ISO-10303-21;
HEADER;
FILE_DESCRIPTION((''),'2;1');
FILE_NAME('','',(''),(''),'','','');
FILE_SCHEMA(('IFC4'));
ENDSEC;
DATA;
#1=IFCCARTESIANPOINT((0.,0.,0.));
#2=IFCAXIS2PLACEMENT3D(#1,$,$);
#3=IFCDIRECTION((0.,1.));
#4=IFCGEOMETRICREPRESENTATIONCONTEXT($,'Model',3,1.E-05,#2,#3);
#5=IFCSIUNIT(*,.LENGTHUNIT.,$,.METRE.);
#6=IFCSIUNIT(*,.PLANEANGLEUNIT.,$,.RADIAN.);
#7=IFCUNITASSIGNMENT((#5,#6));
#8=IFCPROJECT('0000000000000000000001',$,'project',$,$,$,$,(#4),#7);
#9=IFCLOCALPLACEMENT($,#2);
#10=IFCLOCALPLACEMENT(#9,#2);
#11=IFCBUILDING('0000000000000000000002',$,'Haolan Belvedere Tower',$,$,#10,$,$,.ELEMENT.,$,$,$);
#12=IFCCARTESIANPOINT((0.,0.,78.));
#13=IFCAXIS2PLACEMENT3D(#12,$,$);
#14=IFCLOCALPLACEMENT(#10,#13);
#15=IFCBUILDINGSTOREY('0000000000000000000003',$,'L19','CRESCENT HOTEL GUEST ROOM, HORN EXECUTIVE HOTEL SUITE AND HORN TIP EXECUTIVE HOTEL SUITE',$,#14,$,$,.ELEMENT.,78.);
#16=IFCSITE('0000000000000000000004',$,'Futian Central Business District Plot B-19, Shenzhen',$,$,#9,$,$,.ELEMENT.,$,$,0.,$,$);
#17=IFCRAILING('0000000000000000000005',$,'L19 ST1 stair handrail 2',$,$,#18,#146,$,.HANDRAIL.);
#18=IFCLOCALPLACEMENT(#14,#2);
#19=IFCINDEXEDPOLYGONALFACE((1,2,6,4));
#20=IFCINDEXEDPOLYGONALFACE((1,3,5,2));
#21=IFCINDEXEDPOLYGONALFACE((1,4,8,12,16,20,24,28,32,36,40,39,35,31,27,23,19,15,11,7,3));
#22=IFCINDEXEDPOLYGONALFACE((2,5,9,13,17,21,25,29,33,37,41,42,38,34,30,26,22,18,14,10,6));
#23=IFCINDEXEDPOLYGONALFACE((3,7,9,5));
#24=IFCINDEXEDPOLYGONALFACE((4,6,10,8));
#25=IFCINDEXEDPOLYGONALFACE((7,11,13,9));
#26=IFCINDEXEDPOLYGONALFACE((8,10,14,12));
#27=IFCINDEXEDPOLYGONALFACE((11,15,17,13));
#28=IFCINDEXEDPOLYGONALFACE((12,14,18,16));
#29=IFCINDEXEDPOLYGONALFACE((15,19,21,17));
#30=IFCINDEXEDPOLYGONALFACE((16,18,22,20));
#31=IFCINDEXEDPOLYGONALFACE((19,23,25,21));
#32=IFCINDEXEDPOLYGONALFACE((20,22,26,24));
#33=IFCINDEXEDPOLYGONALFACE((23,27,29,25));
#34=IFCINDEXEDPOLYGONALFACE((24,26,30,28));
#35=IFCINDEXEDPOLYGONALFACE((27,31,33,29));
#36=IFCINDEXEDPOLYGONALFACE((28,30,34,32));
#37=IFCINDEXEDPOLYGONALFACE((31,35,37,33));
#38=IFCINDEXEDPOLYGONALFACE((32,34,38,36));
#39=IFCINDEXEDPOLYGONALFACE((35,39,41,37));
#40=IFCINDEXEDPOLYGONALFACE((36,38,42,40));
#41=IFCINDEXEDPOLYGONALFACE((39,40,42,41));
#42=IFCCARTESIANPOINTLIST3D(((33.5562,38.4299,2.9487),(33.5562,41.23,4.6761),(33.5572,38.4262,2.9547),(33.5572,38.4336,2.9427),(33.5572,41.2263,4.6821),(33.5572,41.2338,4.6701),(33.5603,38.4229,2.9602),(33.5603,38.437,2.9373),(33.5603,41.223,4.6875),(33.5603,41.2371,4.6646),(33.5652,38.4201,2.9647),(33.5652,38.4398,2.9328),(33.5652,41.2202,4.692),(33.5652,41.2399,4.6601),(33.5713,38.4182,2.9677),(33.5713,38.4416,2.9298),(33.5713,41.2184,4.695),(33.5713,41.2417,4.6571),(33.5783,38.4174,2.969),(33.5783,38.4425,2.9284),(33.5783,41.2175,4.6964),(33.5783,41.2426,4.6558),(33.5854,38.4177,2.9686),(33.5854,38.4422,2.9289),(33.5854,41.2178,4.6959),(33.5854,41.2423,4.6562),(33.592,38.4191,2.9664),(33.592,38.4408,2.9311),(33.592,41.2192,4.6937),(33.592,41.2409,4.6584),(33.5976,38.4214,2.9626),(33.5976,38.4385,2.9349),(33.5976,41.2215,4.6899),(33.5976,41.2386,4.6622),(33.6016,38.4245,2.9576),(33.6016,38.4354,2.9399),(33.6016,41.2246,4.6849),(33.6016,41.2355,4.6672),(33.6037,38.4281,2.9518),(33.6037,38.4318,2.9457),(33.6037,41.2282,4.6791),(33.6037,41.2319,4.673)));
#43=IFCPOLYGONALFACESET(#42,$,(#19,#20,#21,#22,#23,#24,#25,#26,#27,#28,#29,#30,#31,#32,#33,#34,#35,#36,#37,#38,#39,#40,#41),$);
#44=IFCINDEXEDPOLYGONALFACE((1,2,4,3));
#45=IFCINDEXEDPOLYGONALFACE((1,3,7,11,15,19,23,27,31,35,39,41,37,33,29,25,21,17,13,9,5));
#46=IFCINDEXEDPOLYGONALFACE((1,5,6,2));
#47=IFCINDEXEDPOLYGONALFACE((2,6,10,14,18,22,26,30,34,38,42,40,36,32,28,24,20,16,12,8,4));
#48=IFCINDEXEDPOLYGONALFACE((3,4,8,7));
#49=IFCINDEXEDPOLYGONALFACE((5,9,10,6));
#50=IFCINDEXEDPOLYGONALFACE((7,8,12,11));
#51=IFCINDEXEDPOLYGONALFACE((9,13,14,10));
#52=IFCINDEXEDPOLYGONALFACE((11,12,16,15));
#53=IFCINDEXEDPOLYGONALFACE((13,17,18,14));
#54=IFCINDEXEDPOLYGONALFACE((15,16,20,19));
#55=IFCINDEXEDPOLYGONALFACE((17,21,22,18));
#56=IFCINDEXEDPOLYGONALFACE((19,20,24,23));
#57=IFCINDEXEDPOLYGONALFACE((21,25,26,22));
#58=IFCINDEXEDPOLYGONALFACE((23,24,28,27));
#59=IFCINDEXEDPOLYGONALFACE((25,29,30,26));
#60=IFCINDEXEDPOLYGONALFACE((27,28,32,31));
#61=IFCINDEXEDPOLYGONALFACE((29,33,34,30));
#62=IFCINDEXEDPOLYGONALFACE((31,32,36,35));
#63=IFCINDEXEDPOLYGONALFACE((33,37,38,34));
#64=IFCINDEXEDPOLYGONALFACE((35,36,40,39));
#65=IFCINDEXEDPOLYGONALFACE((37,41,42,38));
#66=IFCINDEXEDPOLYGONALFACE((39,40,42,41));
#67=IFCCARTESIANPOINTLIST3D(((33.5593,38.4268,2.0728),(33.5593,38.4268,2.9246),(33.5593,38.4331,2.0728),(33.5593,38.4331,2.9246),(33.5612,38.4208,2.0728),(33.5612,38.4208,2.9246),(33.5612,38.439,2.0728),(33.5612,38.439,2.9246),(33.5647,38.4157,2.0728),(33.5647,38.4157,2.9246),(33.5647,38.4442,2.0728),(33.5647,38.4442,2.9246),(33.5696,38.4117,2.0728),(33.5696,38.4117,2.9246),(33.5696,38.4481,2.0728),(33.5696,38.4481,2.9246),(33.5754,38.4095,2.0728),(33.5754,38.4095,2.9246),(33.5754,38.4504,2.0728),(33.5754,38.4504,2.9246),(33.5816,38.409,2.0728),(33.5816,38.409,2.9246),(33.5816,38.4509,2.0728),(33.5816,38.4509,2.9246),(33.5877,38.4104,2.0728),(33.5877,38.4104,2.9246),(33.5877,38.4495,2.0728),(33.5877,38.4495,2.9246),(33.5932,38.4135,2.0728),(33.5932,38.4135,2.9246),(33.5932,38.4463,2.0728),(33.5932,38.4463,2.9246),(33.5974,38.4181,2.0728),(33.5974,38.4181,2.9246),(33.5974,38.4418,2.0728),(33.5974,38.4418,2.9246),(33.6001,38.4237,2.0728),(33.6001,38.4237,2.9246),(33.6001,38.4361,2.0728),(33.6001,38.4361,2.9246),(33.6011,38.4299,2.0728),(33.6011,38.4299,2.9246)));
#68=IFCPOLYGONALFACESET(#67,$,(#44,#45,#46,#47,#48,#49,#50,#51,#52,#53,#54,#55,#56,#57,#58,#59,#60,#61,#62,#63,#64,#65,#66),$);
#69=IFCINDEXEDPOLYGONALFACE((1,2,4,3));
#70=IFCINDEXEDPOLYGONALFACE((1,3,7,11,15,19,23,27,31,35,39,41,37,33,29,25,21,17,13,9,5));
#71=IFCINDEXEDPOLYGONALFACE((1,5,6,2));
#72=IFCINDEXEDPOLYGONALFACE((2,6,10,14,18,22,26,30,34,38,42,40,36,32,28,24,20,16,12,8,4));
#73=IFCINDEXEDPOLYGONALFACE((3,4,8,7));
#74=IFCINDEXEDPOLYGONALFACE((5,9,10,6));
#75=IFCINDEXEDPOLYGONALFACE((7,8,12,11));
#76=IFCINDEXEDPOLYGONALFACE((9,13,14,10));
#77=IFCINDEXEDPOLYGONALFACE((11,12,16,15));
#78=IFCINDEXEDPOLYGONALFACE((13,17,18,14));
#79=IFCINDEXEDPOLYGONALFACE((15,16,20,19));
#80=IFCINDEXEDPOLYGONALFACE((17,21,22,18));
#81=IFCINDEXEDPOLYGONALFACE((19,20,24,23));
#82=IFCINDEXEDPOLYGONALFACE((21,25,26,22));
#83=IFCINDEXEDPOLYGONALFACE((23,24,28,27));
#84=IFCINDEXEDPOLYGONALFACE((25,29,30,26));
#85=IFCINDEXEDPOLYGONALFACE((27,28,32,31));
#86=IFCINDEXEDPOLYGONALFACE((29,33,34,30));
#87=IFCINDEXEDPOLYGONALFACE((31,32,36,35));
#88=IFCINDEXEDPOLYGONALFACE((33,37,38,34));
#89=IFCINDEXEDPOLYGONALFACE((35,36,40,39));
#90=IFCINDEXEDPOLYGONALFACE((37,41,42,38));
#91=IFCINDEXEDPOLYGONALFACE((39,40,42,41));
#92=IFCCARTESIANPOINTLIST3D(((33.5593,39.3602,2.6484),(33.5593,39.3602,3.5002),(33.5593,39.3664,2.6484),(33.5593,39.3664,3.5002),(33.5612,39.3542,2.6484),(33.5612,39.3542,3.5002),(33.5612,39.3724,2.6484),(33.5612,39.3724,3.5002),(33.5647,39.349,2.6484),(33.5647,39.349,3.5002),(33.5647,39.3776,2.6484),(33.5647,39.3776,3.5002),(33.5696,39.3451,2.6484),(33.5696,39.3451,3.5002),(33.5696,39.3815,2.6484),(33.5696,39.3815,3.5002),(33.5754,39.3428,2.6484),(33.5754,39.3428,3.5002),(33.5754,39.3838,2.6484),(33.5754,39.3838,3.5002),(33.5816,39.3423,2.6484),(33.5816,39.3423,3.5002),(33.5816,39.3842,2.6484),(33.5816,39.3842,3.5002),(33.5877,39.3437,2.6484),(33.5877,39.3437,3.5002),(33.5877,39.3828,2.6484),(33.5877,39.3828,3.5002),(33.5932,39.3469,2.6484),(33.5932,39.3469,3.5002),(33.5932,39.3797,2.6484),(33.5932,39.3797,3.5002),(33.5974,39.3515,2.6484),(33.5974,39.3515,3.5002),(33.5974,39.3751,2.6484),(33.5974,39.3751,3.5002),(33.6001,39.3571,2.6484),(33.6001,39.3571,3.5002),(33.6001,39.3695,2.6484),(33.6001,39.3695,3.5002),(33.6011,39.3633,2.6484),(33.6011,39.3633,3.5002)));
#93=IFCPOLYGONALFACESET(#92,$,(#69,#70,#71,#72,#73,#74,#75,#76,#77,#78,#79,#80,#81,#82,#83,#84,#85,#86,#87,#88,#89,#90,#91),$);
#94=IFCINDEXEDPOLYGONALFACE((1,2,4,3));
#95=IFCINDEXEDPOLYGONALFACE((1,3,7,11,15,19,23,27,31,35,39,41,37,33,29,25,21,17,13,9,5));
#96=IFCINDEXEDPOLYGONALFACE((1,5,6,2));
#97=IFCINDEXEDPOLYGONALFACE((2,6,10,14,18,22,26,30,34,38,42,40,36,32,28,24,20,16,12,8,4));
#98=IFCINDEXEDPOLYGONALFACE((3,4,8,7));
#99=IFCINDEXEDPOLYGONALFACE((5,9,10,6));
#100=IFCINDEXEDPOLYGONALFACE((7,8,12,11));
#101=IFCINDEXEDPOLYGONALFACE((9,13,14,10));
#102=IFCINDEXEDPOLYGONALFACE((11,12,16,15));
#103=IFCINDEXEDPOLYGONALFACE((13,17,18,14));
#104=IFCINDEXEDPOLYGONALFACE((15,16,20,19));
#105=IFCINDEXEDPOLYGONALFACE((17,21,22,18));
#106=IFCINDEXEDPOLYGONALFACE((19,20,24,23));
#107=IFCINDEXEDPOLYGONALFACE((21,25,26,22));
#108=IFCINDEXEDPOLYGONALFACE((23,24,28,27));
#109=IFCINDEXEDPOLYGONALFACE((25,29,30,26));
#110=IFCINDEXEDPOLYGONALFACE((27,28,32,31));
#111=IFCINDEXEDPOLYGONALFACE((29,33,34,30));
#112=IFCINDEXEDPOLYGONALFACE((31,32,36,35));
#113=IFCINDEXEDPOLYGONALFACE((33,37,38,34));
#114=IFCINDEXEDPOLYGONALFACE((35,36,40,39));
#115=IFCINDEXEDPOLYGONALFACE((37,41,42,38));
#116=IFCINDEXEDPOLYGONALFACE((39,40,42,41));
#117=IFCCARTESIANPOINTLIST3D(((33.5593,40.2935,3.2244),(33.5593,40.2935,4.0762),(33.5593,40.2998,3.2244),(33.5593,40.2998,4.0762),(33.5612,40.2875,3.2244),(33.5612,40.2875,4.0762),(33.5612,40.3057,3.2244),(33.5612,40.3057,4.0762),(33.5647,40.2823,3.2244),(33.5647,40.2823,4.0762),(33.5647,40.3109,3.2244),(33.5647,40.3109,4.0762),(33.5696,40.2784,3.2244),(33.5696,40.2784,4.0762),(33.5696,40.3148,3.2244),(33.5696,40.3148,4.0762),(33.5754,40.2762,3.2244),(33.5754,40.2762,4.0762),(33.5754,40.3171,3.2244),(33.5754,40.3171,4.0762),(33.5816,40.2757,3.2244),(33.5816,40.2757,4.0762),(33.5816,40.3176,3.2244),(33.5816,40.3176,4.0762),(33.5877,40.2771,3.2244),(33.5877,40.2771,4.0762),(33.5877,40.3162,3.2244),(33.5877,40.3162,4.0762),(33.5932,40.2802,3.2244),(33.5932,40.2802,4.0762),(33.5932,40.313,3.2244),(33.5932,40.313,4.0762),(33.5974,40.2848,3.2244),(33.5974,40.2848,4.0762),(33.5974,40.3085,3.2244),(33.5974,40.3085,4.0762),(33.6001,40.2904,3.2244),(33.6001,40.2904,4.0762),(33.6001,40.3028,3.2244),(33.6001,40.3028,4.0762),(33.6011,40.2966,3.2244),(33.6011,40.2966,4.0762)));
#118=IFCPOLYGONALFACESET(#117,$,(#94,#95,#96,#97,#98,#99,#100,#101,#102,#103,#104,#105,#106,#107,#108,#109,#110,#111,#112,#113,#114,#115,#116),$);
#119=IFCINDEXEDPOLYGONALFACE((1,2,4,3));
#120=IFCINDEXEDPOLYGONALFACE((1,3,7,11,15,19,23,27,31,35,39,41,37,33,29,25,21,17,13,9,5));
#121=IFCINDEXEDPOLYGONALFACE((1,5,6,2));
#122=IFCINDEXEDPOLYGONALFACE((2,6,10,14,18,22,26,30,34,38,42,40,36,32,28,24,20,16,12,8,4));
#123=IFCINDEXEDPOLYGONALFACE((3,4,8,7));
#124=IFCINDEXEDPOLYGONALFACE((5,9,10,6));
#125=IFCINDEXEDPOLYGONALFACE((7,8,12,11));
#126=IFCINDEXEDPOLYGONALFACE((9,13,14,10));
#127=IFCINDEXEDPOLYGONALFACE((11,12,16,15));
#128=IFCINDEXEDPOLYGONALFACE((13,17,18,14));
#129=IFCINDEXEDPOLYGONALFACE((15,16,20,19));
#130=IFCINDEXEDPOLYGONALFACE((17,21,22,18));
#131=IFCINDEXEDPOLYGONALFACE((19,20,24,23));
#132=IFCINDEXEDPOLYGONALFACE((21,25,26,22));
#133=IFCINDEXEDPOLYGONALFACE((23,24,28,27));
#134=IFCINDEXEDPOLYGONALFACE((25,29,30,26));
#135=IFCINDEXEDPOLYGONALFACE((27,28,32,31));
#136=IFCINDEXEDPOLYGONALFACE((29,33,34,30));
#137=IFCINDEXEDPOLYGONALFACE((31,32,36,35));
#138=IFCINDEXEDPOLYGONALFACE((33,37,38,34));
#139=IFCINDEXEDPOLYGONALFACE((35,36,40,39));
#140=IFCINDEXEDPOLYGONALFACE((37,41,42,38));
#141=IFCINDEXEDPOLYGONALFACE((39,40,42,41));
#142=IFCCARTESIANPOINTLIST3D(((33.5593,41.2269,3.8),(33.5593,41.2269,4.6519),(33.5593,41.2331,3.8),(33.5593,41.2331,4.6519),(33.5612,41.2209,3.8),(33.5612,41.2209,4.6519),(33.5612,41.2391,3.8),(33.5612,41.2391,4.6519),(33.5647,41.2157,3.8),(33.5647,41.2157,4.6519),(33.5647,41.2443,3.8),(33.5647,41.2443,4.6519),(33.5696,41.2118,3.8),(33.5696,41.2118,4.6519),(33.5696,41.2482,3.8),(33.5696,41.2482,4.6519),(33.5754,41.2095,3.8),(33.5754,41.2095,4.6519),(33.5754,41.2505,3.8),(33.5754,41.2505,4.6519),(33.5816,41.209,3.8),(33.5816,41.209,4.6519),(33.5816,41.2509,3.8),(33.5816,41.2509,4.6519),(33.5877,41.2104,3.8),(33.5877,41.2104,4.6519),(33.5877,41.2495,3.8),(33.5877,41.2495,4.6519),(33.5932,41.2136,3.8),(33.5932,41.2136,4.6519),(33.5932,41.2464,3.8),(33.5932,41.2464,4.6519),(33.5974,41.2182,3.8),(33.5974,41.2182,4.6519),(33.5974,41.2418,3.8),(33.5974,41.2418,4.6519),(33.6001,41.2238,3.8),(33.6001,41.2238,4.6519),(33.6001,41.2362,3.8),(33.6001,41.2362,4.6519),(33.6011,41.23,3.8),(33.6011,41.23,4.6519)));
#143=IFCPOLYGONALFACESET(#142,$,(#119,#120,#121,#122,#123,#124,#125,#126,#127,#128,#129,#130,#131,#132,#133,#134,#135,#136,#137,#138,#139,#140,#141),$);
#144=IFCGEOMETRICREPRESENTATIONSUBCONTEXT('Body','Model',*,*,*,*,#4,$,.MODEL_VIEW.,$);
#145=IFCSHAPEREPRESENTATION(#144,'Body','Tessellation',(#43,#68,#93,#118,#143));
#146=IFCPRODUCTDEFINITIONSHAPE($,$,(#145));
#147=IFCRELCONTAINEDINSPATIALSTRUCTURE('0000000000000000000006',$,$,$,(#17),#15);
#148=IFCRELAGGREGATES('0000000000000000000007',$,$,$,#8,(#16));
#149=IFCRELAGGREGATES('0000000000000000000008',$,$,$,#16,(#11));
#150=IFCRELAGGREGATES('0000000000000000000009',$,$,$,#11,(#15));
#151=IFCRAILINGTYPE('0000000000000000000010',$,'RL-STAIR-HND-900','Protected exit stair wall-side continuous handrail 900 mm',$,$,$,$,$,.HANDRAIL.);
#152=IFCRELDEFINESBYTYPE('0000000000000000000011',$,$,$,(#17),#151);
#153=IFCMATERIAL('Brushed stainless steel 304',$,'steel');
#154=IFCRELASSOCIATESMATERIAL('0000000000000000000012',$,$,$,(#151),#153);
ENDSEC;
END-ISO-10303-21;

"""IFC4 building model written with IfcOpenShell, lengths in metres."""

from ifc_helpers import new_model, si_unit, direction, frame, origin, origin_2d, place, context, subcontext, project, spatial, circle, extrude, material, type_object, element, save


model = new_model("IFC4")

# Units and contexts
model_context = context("Model", 3, precision=1e-05, world=origin(), true_north=direction((0.0, 1.0)))
body_context = subcontext(model_context, "Body", "Model", "MODEL_VIEW")
ifc_project = project(units=[si_unit("LENGTHUNIT", "METRE"), si_unit("PLANEANGLEUNIT", "RADIAN")], contexts=[model_context])

# Site, building, storey
site_placement = place(None, origin())
site = spatial("IfcSite", under=ifc_project, at=site_placement, Name="Futian Central Business District Plot B-19, Shenzhen", CompositionType="ELEMENT", RefElevation=0.0)
building_placement = place(site_placement, origin())
building = spatial("IfcBuilding", under=site, at=building_placement, Name="Haolan Belvedere Tower", CompositionType="ELEMENT")
storey_placement = place(building_placement, frame((0.0, 0.0, 78.0)))
storey = spatial("IfcBuildingStorey", under=building, at=storey_placement, Name="L19", Description="CRESCENT HOTEL GUEST ROOM, HORN EXECUTIVE HOTEL SUITE AND HORN TIP EXECUTIVE HOTEL SUITE", CompositionType="ELEMENT", Elevation=78.0)

# Railing
ifc_material_1 = material(Name="Brushed stainless steel 304", Category="steel")
railing_type_1 = type_object("IfcRailingType", Name="RL-STAIR-HND-900", Description="Protected exit stair wall-side continuous handrail 900 mm", PredefinedType="HANDRAIL", material=ifc_material_1)
railing_1_placement = place(storey_placement, frame((33.5801, 38.4299, 2.0728)))
element("IfcRailing", 1, at=railing_1_placement, inside=storey, type_object=railing_type_1, Name="L19 ST1 stair handrail 2", PredefinedType="HANDRAIL", context=body_context, shape_type="SweptSolid", body=[
    extrude(circle(Radius=0.0239, at=origin_2d()), frame((0.0, 0.0, 0.876), z_axis=(0.0, 0.85109, 0.52502), x_axis=(-1.0, 0.0, 0.0)), (0.0, 0.0, 1.0), 3.29),
    extrude(circle(Radius=0.021, at=origin_2d()), origin(), (0.0, 0.0, 1.0), 0.8518),
    extrude(circle(Radius=0.021, at=origin_2d()), frame((0.0, 0.9333, 0.5757)), (0.0, 0.0, 1.0), 0.8518),
    extrude(circle(Radius=0.021, at=origin_2d()), frame((0.0, 1.8667, 1.1516)), (0.0, 0.0, 1.0), 0.8518),
    extrude(circle(Radius=0.021, at=origin_2d()), frame((0.0, 2.8, 1.7273)), (0.0, 0.0, 1.0), 0.8518),
])

save(model, "model.ifc")
